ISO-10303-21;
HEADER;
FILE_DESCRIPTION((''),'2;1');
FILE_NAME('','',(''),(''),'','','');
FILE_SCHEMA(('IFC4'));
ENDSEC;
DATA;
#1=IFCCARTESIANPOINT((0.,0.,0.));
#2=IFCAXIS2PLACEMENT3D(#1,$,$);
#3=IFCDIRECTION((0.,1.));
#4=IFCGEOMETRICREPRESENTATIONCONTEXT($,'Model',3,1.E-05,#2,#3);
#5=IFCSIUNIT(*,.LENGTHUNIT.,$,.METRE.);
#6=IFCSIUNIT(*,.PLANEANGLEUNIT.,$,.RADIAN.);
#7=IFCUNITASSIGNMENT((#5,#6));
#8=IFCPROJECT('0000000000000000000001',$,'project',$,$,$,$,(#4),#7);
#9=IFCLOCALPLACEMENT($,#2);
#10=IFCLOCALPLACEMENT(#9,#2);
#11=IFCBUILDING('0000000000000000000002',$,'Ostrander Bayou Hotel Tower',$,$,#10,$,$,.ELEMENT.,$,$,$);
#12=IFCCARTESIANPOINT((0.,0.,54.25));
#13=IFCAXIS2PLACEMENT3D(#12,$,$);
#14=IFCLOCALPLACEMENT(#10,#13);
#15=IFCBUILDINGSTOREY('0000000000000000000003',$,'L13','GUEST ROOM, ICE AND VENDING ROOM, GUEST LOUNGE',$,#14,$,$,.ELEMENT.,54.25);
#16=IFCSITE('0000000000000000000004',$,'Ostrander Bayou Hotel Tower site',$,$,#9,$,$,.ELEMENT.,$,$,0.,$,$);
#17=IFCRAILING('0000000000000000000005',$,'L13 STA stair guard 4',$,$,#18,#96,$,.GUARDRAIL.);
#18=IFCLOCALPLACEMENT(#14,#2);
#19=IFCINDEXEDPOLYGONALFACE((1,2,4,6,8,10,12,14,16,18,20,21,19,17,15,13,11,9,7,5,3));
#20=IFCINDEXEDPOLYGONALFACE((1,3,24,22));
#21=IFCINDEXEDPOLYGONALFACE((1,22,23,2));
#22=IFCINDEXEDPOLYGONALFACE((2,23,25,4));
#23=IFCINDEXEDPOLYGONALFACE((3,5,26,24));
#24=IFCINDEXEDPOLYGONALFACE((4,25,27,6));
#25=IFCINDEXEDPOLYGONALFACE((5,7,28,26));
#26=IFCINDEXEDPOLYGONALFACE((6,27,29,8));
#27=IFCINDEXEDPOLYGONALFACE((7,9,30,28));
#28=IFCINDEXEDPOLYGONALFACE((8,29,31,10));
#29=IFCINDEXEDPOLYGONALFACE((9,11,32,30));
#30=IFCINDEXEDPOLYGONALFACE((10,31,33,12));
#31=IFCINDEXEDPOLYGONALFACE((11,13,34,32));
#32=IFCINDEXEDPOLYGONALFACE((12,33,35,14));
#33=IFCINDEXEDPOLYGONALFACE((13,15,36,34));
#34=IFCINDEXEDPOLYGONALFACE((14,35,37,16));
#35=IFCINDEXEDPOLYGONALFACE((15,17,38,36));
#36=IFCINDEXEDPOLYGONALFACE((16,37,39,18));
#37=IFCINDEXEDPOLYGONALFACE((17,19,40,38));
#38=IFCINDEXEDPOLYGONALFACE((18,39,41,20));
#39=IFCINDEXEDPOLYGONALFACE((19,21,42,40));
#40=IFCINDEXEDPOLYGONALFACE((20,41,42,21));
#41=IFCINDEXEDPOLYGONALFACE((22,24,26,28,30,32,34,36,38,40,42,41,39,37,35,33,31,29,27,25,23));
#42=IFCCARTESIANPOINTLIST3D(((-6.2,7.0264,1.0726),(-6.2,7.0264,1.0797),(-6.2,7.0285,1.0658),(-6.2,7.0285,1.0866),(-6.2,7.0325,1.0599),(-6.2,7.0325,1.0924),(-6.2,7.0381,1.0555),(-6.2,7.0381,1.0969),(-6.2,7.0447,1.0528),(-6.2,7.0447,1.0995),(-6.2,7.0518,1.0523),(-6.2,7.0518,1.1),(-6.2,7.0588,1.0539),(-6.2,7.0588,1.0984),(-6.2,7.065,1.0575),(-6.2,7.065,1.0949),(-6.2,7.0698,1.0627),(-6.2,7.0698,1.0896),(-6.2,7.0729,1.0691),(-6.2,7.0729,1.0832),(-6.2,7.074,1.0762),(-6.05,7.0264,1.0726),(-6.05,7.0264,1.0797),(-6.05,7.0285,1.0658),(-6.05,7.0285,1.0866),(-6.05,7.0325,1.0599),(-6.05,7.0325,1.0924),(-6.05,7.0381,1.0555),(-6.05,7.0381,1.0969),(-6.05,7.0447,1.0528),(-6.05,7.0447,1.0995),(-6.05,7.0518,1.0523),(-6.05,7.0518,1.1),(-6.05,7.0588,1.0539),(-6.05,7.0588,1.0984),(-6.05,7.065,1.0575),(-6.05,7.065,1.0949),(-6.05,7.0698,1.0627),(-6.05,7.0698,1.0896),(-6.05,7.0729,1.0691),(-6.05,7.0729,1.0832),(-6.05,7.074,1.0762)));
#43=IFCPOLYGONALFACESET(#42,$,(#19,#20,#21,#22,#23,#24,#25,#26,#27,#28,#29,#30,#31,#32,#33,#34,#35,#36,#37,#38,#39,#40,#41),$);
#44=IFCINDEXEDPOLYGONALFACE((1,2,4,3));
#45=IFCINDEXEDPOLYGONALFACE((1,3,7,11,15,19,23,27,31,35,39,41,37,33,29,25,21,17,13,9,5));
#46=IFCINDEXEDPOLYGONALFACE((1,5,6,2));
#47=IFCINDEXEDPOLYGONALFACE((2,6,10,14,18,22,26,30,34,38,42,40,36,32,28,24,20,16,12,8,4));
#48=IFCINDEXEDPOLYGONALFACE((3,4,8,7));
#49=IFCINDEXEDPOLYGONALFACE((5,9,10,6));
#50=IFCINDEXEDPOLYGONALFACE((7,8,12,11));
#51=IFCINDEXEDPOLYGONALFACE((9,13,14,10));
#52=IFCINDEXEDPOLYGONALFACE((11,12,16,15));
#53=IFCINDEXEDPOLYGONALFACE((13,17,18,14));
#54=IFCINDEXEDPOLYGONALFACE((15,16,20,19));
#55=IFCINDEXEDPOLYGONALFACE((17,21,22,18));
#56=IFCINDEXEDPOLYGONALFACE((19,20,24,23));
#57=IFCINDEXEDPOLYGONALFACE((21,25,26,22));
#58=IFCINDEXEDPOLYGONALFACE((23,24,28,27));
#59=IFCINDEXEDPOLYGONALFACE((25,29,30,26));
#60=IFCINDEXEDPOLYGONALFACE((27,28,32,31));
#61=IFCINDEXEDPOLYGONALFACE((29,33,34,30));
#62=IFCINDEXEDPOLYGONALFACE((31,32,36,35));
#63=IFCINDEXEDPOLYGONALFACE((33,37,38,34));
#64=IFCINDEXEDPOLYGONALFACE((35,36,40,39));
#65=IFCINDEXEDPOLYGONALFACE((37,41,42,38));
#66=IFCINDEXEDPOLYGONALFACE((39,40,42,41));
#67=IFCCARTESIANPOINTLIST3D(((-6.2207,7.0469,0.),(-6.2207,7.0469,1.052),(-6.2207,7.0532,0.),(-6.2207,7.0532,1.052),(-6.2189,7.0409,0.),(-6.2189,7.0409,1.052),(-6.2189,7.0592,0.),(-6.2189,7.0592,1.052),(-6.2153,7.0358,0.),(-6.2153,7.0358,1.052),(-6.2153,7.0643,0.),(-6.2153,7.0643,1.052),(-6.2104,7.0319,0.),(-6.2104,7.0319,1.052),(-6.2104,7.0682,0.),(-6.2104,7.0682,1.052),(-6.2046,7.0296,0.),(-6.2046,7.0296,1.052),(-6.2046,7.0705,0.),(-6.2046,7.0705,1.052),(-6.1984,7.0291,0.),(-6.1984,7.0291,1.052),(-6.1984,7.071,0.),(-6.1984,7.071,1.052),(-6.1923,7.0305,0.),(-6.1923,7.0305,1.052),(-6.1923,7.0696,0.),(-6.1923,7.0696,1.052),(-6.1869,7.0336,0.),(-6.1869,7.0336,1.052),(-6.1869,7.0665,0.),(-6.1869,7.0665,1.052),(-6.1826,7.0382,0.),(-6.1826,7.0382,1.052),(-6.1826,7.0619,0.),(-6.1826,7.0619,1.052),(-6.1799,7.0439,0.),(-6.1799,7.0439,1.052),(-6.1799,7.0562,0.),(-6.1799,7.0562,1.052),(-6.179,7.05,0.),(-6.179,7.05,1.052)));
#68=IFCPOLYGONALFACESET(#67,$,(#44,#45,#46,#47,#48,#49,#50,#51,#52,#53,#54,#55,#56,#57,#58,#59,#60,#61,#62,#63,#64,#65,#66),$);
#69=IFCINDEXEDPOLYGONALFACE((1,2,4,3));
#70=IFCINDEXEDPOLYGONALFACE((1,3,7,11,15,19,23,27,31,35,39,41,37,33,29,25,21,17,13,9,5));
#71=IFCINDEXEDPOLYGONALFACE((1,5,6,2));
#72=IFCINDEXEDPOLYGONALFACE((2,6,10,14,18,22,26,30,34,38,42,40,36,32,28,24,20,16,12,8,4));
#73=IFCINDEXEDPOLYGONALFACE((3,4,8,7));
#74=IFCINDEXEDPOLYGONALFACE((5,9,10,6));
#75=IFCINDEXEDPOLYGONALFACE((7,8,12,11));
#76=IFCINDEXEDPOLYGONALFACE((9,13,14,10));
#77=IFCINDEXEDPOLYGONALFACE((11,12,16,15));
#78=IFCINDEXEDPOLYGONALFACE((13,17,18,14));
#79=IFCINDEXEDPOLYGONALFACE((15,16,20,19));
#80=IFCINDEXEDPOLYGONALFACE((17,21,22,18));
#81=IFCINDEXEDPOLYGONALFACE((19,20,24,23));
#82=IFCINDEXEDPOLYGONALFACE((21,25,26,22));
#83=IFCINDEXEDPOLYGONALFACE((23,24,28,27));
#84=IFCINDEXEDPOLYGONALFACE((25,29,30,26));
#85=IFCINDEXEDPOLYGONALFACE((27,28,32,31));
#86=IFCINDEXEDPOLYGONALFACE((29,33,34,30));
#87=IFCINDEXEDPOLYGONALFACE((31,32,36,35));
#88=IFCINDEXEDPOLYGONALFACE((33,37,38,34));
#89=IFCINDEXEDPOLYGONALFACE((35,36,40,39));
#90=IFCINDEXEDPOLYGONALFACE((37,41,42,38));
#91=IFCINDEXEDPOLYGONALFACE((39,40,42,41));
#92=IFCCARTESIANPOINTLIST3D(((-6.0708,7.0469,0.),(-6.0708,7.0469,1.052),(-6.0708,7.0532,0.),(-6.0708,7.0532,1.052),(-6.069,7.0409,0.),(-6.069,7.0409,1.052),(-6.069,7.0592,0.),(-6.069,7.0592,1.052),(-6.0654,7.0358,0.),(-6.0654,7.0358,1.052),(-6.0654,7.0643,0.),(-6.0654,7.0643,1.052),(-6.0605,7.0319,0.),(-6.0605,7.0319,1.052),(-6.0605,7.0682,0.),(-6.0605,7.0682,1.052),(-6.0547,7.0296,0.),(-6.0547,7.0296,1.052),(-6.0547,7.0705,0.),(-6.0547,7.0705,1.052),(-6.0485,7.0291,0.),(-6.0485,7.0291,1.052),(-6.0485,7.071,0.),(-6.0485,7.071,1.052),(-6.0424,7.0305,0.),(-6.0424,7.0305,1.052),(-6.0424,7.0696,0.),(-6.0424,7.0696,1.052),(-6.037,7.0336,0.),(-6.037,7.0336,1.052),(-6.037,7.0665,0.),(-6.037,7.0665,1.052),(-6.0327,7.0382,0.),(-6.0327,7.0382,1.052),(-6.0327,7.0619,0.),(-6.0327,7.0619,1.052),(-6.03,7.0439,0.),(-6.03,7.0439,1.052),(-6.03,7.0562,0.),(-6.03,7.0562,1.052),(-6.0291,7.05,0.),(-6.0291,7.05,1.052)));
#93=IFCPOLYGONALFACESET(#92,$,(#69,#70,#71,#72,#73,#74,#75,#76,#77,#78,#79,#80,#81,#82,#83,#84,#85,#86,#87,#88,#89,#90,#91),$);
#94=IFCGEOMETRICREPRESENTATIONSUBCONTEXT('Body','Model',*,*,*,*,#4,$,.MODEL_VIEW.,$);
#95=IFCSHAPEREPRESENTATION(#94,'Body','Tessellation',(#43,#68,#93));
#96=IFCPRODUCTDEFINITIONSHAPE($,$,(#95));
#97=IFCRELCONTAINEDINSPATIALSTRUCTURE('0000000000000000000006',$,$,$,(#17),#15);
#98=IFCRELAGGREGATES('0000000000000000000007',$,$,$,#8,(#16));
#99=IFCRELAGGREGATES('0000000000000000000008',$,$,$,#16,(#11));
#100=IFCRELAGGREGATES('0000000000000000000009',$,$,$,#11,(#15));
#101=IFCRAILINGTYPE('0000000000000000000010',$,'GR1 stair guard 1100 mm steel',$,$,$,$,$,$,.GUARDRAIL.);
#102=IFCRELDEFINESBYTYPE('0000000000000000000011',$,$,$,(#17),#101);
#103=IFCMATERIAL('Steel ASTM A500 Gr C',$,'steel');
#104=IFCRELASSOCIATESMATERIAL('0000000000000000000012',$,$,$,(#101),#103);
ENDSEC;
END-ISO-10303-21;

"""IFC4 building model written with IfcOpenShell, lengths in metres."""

from ifc_helpers import new_model, si_unit, direction, frame, origin, origin_2d, place, context, subcontext, project, spatial, circle, extrude, material, type_object, element, save


model = new_model("IFC4")

# Units and contexts
model_context = context("Model", 3, precision=1e-05, world=origin(), true_north=direction((0.0, 1.0)))
body_context = subcontext(model_context, "Body", "Model", "MODEL_VIEW")
ifc_project = project(units=[si_unit("LENGTHUNIT", "METRE"), si_unit("PLANEANGLEUNIT", "RADIAN")], contexts=[model_context])

# Site, building, storey
site_placement = place(None, origin())
site = spatial("IfcSite", under=ifc_project, at=site_placement, Name="Ostrander Bayou Hotel Tower site", CompositionType="ELEMENT", RefElevation=0.0)
building_placement = place(site_placement, origin())
building = spatial("IfcBuilding", under=site, at=building_placement, Name="Ostrander Bayou Hotel Tower", CompositionType="ELEMENT")
storey_placement = place(building_placement, frame((0.0, 0.0, 54.25)))
storey = spatial("IfcBuildingStorey", under=building, at=storey_placement, Name="L13", Description="GUEST ROOM, ICE AND VENDING ROOM, GUEST LOUNGE", CompositionType="ELEMENT", Elevation=54.25)

# Railing
ifc_material_1 = material(Name="Steel ASTM A500 Gr C", Category="steel")
railing_type = type_object("IfcRailingType", Name="GR1 stair guard 1100 mm steel", PredefinedType="GUARDRAIL", material=ifc_material_1)
railing_placement = place(storey_placement, frame((-6.2, 7.05, 0.0)))
element("IfcRailing", 1, at=railing_placement, inside=storey, type_object=railing_type, Name="L13 STA stair guard 4", PredefinedType="GUARDRAIL", context=body_context, shape_type="SweptSolid", body=[
    extrude(circle(Radius=0.0239, at=origin_2d()), frame((0.0, 0.0, 1.0762), z_axis=(1.0, 0.0, 0.0), x_axis=(0.0, 1.0, 0.0)), (0.0, 0.0, 1.0), 0.1499),
    extrude(circle(Radius=0.021, at=origin_2d()), origin(), (0.0, 0.0, 1.0), 1.052),
    extrude(circle(Radius=0.021, at=origin_2d()), frame((0.1499, 0.0, 0.0)), (0.0, 0.0, 1.0), 1.052),
])

save(model, "model.ifc")
